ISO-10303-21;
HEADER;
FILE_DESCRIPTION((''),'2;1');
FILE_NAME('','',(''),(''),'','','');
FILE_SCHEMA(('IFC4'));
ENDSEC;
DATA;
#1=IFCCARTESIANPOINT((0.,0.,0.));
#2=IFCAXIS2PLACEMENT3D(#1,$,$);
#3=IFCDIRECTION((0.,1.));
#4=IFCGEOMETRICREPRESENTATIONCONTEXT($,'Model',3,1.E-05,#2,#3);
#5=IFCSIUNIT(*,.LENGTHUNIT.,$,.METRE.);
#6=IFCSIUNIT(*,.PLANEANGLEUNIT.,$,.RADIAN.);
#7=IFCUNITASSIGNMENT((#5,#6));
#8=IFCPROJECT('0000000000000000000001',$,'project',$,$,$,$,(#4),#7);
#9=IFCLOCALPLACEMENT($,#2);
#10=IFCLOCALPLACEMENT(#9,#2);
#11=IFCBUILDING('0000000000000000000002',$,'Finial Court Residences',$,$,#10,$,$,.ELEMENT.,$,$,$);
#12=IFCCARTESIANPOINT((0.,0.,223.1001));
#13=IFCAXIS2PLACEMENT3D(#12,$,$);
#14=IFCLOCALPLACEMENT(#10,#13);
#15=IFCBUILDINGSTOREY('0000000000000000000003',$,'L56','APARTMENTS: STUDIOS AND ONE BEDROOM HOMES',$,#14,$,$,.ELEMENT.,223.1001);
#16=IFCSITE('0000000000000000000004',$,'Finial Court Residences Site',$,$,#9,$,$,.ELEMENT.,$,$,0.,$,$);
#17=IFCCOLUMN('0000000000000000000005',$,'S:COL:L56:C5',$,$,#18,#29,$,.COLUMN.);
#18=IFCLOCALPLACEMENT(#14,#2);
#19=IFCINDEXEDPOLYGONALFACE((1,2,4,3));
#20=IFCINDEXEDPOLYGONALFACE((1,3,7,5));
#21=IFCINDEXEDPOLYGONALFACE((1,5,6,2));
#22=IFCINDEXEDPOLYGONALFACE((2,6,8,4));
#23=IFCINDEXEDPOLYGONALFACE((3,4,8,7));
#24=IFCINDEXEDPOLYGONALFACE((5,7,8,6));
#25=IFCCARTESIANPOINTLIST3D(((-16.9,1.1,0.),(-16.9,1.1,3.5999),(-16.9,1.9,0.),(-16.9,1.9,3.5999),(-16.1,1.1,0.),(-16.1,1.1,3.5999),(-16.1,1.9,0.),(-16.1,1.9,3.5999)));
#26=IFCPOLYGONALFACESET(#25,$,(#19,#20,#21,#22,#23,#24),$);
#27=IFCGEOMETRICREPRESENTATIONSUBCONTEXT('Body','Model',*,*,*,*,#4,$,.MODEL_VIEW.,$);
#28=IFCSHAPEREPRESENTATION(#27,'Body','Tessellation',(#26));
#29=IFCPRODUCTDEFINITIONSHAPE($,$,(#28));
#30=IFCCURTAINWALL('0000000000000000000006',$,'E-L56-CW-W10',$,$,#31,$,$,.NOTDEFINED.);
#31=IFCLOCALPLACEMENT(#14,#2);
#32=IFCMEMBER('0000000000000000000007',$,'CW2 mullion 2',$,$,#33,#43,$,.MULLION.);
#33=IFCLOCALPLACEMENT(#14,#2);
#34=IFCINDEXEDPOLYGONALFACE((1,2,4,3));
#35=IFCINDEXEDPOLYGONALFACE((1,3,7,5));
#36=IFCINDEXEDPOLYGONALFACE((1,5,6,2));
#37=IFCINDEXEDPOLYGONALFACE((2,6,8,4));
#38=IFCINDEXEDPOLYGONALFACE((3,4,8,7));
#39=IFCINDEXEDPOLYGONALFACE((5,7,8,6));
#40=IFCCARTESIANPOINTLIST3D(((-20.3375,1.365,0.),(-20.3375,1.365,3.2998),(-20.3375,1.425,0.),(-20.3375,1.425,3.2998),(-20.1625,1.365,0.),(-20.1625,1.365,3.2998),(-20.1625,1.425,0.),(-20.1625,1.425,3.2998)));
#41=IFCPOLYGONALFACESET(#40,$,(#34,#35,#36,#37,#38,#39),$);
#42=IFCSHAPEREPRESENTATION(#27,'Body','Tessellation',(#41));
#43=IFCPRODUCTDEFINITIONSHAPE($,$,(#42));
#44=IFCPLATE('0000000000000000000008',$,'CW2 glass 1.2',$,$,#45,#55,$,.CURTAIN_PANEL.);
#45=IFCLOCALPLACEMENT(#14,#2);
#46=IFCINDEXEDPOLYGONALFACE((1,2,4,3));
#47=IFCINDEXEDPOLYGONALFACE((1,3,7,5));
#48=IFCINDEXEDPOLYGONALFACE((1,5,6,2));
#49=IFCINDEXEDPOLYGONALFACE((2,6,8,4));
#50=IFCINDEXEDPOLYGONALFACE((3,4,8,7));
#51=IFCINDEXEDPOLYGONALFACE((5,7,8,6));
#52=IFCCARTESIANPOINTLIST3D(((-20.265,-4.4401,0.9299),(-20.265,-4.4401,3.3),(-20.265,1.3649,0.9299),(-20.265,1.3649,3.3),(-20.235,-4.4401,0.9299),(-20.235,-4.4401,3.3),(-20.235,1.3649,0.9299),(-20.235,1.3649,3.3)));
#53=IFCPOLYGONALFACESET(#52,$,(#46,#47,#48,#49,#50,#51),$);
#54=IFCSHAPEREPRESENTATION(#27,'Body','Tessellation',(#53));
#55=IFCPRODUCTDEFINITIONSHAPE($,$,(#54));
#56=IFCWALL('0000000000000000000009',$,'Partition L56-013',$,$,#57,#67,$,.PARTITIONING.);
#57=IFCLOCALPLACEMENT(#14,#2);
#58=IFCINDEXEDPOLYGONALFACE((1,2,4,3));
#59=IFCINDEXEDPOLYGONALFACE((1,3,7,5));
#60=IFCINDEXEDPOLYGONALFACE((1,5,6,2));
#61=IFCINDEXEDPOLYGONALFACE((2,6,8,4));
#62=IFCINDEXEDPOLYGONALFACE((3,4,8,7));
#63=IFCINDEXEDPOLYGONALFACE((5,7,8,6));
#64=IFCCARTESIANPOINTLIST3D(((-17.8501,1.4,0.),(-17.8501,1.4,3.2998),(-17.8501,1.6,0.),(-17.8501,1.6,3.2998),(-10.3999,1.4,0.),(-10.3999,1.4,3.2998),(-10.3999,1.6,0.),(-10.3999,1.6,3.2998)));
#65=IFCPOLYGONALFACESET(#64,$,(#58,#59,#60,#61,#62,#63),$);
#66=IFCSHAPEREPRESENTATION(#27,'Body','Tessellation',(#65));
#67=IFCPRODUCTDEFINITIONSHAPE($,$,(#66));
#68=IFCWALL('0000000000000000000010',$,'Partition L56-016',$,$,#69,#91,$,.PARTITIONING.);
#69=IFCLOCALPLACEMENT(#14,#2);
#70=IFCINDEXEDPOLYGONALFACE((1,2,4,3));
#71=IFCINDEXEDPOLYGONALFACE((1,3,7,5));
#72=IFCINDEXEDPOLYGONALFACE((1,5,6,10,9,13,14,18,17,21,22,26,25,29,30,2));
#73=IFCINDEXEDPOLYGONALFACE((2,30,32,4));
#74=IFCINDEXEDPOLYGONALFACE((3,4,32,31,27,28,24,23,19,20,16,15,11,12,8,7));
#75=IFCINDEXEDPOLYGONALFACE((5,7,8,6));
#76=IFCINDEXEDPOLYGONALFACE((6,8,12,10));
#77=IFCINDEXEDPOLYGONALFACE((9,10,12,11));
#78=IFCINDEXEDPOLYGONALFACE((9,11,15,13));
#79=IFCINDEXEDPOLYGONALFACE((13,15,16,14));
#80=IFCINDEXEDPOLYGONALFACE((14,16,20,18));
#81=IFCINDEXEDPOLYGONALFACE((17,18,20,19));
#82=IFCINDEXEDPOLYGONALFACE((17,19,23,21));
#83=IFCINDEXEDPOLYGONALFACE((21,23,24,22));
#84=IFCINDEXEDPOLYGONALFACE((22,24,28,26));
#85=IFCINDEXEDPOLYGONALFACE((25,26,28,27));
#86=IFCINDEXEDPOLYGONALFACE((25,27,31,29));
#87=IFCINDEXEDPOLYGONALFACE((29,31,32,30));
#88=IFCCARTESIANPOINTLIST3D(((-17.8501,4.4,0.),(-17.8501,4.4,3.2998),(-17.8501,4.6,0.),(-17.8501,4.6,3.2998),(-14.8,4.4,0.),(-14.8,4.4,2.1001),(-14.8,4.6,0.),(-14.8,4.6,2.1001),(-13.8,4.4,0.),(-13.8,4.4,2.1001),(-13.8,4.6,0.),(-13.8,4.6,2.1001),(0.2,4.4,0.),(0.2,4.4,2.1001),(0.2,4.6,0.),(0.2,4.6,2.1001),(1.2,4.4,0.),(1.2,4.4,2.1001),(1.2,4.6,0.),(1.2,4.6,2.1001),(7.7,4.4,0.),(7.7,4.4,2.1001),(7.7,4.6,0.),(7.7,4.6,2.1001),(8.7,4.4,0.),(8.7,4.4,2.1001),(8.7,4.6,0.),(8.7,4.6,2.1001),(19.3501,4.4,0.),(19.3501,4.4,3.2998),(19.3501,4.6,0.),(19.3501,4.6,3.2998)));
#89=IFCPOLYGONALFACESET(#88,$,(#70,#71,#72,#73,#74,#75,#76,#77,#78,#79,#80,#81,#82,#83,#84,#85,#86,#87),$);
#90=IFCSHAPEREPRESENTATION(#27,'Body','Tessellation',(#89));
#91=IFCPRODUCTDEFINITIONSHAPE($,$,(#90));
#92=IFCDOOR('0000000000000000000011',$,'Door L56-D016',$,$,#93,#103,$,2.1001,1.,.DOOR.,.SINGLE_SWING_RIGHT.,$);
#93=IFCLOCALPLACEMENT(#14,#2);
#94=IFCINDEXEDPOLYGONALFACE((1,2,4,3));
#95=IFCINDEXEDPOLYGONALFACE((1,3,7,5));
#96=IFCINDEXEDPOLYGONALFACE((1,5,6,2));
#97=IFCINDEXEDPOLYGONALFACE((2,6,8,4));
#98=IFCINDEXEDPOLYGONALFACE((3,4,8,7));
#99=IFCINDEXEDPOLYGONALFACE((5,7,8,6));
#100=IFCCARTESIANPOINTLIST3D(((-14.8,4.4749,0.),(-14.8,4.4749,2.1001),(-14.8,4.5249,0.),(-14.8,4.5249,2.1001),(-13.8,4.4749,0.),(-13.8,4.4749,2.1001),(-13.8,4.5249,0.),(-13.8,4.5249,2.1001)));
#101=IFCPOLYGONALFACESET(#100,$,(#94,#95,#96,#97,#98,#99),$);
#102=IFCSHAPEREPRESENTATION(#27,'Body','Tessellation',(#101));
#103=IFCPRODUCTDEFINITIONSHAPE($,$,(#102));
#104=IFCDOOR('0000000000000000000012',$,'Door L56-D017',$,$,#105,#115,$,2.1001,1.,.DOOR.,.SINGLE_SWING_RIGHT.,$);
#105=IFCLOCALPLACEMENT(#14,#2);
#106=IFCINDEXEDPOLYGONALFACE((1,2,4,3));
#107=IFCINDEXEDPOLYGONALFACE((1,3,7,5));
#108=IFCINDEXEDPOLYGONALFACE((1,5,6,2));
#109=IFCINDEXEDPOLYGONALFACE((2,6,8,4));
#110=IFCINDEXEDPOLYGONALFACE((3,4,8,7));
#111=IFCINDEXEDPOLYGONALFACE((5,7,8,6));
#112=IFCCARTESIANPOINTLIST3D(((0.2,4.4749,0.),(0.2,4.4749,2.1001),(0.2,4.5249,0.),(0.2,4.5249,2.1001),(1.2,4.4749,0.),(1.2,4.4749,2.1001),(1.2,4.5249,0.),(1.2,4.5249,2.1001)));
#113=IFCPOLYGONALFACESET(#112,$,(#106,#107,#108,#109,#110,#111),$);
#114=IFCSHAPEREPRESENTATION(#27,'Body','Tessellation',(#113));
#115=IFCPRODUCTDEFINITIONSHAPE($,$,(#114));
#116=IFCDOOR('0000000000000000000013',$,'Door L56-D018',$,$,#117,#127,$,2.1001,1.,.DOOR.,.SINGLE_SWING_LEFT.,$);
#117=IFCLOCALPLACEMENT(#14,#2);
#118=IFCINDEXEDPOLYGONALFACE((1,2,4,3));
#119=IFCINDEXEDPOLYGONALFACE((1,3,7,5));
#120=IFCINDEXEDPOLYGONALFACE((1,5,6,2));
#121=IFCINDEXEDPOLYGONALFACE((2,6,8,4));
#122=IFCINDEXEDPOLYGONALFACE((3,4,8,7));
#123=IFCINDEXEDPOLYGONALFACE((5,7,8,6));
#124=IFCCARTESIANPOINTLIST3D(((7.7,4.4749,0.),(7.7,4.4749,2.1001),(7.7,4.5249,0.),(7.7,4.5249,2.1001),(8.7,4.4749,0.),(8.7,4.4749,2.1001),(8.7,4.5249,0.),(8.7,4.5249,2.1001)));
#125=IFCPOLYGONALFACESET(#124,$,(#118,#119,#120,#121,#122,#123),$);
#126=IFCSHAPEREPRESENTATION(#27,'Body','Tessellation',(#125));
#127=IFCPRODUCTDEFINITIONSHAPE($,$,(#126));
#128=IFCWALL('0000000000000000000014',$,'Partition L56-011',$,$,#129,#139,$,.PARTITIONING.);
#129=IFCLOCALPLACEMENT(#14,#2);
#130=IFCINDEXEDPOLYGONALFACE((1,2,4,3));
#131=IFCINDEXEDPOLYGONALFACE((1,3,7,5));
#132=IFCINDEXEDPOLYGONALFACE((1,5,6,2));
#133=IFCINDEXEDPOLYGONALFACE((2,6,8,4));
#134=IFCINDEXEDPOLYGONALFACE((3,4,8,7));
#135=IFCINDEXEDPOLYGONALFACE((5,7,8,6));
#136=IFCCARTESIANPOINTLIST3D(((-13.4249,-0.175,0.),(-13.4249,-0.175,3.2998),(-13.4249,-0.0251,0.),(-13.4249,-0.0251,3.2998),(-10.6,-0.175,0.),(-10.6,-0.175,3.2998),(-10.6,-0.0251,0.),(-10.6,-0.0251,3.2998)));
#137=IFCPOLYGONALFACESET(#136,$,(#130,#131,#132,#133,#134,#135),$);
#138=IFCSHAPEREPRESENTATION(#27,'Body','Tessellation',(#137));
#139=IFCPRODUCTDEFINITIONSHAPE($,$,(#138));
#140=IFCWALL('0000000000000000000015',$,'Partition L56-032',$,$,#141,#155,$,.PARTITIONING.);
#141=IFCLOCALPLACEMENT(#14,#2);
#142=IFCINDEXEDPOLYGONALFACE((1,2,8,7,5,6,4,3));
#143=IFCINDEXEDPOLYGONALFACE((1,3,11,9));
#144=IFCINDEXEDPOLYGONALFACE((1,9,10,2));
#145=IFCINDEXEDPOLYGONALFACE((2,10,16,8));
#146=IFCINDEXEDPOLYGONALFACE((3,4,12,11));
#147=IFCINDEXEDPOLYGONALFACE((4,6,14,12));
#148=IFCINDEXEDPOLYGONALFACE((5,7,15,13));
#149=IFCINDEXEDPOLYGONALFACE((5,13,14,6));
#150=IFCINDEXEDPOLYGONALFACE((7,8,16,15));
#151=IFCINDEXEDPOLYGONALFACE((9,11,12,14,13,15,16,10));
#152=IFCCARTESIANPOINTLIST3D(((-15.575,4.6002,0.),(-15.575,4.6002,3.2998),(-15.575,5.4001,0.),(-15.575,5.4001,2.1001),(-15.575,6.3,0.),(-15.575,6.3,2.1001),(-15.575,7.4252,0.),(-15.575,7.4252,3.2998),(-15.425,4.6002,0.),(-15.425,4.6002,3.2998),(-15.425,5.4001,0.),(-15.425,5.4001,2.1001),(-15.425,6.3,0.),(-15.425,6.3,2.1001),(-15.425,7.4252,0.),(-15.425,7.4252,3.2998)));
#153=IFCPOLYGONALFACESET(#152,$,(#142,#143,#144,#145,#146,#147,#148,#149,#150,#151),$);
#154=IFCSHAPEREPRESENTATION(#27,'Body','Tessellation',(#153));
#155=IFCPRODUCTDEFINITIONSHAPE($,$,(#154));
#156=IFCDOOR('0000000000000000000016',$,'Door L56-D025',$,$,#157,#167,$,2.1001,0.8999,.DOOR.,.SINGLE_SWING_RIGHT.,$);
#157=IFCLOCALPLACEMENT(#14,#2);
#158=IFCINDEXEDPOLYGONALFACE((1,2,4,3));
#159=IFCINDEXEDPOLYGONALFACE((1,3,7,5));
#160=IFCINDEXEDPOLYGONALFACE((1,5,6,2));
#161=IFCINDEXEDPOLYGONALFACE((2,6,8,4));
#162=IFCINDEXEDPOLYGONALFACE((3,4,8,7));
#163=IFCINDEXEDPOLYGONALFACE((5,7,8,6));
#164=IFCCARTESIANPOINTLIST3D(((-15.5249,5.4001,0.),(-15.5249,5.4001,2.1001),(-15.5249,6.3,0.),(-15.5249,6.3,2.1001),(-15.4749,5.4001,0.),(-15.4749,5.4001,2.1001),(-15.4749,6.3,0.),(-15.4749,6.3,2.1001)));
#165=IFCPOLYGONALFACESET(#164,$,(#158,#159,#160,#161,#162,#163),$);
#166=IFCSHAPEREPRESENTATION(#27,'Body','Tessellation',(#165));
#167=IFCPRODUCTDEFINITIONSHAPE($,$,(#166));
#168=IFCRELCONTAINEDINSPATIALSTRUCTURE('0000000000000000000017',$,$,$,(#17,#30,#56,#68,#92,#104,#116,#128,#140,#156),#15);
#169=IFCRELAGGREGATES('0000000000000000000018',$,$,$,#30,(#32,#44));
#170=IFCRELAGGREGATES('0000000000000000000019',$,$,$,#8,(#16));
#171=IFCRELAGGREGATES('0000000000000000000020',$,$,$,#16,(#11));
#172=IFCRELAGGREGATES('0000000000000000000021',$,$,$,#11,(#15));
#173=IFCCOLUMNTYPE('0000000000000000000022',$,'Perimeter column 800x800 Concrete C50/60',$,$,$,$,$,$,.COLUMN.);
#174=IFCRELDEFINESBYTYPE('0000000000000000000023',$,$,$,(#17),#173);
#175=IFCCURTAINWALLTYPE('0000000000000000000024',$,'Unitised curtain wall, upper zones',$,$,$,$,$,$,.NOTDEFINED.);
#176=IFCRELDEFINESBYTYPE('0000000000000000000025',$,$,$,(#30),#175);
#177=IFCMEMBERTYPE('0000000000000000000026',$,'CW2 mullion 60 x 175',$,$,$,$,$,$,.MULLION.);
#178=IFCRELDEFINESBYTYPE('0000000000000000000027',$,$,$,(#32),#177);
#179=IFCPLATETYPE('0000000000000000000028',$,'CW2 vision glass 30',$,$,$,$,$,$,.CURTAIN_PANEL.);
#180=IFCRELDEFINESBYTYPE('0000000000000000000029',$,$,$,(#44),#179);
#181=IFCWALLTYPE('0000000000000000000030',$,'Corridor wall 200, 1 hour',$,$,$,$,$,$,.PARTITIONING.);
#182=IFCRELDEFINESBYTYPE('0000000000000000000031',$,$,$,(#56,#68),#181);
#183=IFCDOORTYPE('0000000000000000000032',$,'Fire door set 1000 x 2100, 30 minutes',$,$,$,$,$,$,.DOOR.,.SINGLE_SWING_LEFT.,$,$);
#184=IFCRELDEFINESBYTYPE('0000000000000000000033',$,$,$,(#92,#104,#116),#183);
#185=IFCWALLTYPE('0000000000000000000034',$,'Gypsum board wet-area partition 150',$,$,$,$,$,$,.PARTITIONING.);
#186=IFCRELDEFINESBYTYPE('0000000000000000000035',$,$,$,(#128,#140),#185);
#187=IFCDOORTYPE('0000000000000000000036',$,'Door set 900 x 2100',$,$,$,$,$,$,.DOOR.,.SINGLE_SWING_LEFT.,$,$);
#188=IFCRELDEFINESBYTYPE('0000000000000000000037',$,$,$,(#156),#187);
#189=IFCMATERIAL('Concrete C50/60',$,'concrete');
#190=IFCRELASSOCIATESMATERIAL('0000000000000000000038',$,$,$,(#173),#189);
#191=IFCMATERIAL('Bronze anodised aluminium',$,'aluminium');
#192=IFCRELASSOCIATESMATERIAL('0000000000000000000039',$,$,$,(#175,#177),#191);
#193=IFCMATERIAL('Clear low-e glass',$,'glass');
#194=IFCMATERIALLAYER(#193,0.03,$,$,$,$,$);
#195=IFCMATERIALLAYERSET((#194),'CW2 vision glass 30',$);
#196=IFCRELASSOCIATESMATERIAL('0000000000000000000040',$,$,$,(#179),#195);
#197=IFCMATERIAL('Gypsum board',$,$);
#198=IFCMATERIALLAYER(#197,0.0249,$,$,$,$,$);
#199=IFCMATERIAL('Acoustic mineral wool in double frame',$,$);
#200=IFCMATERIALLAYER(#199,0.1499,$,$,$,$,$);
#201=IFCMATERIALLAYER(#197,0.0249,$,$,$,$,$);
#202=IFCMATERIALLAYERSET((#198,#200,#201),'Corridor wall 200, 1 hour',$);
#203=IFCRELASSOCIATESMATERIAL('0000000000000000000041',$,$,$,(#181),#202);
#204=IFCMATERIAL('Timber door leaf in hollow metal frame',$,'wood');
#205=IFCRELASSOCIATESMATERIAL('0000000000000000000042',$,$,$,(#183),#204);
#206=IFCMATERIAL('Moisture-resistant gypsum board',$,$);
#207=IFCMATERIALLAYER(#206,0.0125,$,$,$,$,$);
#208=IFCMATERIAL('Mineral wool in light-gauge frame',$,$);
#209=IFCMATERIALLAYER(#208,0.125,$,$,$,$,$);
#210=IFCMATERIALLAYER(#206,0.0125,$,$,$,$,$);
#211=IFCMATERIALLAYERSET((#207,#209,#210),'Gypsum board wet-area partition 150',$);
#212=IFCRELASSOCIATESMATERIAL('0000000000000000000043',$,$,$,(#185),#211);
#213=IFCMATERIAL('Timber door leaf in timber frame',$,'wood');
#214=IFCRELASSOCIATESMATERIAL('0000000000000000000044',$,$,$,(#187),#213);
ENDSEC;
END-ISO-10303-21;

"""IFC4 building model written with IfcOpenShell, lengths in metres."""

from ifc_helpers import new_model, si_unit, direction, frame, frame_2d, origin, origin_2d, place, context, subcontext, project, spatial, rectangle, extrude, material, layer, layer_set, material_profile, profile_set, type_object, element, fill, aggregate, save


model = new_model("IFC4")

# Units and contexts
model_context = context("Model", 3, precision=1e-05, world=origin(), true_north=direction((0.0, 1.0)))
body_context = subcontext(model_context, "Body", "Model", "MODEL_VIEW")
ifc_project = project(units=[si_unit("LENGTHUNIT", "METRE"), si_unit("PLANEANGLEUNIT", "RADIAN")], contexts=[model_context])

# Site, building, storey
site_placement = place(None, origin())
site = spatial("IfcSite", under=ifc_project, at=site_placement, Name="Finial Court Residences Site", CompositionType="ELEMENT", RefElevation=0.0)
building_placement = place(site_placement, origin())
building = spatial("IfcBuilding", under=site, at=building_placement, Name="Finial Court Residences", CompositionType="ELEMENT")
storey_placement = place(building_placement, frame((0.0, 0.0, 223.1001)))
storey = spatial("IfcBuildingStorey", under=building, at=storey_placement, Name="L56", Description="APARTMENTS: STUDIOS AND ONE BEDROOM HOMES", CompositionType="ELEMENT", Elevation=223.1001)

# Column
ifc_material_1 = material(Name="Concrete C50/60", Category="concrete")
ifc_material_profile_1 = material_profile(ifc_material_1, rectangle(XDim=0.8, YDim=0.8, at=origin_2d()), Name="800x800")
ifc_profile_set_1 = profile_set([ifc_material_profile_1], Name="Concrete C50/60")
column_type = type_object("IfcColumnType", Name="Perimeter column 800x800 Concrete C50/60", PredefinedType="COLUMN", material=ifc_profile_set_1)
column_placement = place(storey_placement, frame((-16.5, 1.5, 0.0), z_axis=(0.0, 0.0, 1.0), x_axis=(1.0, 0.0, 0.0)))
element("IfcColumn", 1, at=column_placement, inside=storey, type_object=column_type, Name="S:COL:L56:C5", PredefinedType="COLUMN", context=body_context, shape_type="SweptSolid", body=[
    extrude(rectangle(XDim=0.8, YDim=0.8, at=origin_2d()), origin(), (0.0, 0.0, 1.0), 3.5999),
])

# Curtain wall, member, plate
ifc_material_2 = material(Name="Bronze anodised aluminium", Category="aluminium")
curtain_wall_type = type_object("IfcCurtainWallType", Name="Unitised curtain wall, upper zones", PredefinedType="NOTDEFINED", material=ifc_material_2)
curtain_wall_placement = place(storey_placement, origin())
curtain_wall = element("IfcCurtainWall", 2, at=curtain_wall_placement, inside=storey, type_object=curtain_wall_type, Name="E-L56-CW-W10", PredefinedType="NOTDEFINED")
ifc_material_profile_2 = material_profile(ifc_material_2, rectangle(XDim=0.175, YDim=0.0601, at=origin_2d()), Name="CW2 mullion 60 x 175")
ifc_profile_set_2 = profile_set([ifc_material_profile_2], Name="Bronze anodised aluminium")
member_type = type_object("IfcMemberType", Name="CW2 mullion 60 x 175", PredefinedType="MULLION", material=ifc_profile_set_2)
member_placement = place(storey_placement, frame((-20.25, 1.395, 0.0), z_axis=(0.0, 0.0, 1.0), x_axis=(-1.0, 0.0, 0.0)))
member = element("IfcMember", 3, at=member_placement, type_object=member_type, Name="CW2 mullion 2", PredefinedType="MULLION", context=body_context, shape_type="SweptSolid", body=[
    extrude(rectangle(XDim=0.175, YDim=0.0601, at=origin_2d()), origin(), (0.0, 0.0, 1.0), 3.2998),
])
ifc_material_3 = material(Name="Clear low-e glass", Category="glass")
ifc_layer_1 = layer(ifc_material_3, 0.03)
ifc_layer_set_1 = layer_set([ifc_layer_1], Name="CW2 vision glass 30")
plate_type = type_object("IfcPlateType", Name="CW2 vision glass 30", PredefinedType="CURTAIN_PANEL", material=ifc_layer_set_1)
plate_placement = place(storey_placement, frame((-20.25, -1.5376, 0.9299), z_axis=(0.0, 0.0, 1.0), x_axis=(0.0, 1.0, 0.0)))
plate = element("IfcPlate", 4, at=plate_placement, type_object=plate_type, Name="CW2 glass 1.2", PredefinedType="CURTAIN_PANEL", context=body_context, shape_type="SweptSolid", body=[
    extrude(rectangle(XDim=5.8049, YDim=0.03, at=origin_2d()), origin(), (0.0, 0.0, 1.0), 2.3701),
])
aggregate(curtain_wall, [member, plate])

# Wall
ifc_material_4 = material(Name="Gypsum board")
ifc_layer_2 = layer(ifc_material_4, 0.0249)
ifc_material_5 = material(Name="Acoustic mineral wool in double frame")
ifc_layer_3 = layer(ifc_material_5, 0.1499)
ifc_layer_4 = layer(ifc_material_4, 0.0249)
ifc_layer_set_2 = layer_set([ifc_layer_2, ifc_layer_3, ifc_layer_4], Name="Corridor wall 200, 1 hour")
wall_type_1 = type_object("IfcWallType", Name="Corridor wall 200, 1 hour", PredefinedType="PARTITIONING", material=ifc_layer_set_2)
wall_1_placement = place(storey_placement, frame((-17.8501, 1.5, 0.0), z_axis=(0.0, 0.0, 1.0), x_axis=(1.0, 0.0, 0.0)))
element("IfcWall", 5, at=wall_1_placement, inside=storey, type_object=wall_type_1, Name="Partition L56-013", PredefinedType="PARTITIONING", context=body_context, shape_type="SweptSolid", body=[
    extrude(rectangle(XDim=7.4502, YDim=0.2, at=frame_2d((3.7251, 0.0))), origin(), (0.0, 0.0, 1.0), 3.2998),
])

# Wall, openings, doors
wall_2_placement = place(storey_placement, frame((-17.8501, 4.5, 0.0), z_axis=(0.0, 0.0, 1.0), x_axis=(1.0, 0.0, 0.0)))
wall_2 = element("IfcWall", 6, at=wall_2_placement, inside=storey, type_object=wall_type_1, Name="Partition L56-016", PredefinedType="PARTITIONING", context=body_context, shape_type="SweptSolid", body=[
    extrude(rectangle(XDim=37.2002, YDim=0.2, at=frame_2d((18.6001, 0.0))), origin(), (0.0, 0.0, 1.0), 3.2998),
])
opening_1_placement = place(wall_2_placement, frame((3.05, 0.0, 0.0)))
opening_1 = element("IfcOpeningElement", 7, at=opening_1_placement, cuts=wall_2, PredefinedType="OPENING", context=body_context, shape_type="SweptSolid", body=[
    extrude(rectangle(XDim=1.0, YDim=2.1001, at=frame_2d((0.5, 1.05))), frame((0.0, 0.1099, 0.0), z_axis=(0.0, -1.0, 0.0), x_axis=(1.0, 0.0, 0.0)), (0.0, 0.0, 1.0), 0.22),
])
opening_2_placement = place(wall_2_placement, frame((18.05, 0.0, 0.0)))
opening_2 = element("IfcOpeningElement", 8, at=opening_2_placement, cuts=wall_2, PredefinedType="OPENING", context=body_context, shape_type="SweptSolid", body=[
    extrude(rectangle(XDim=1.0, YDim=2.1001, at=frame_2d((0.5, 1.05))), frame((0.0, 0.1099, 0.0), z_axis=(0.0, -1.0, 0.0), x_axis=(1.0, 0.0, 0.0)), (0.0, 0.0, 1.0), 0.22),
])
opening_3_placement = place(wall_2_placement, frame((25.55, 0.0, 0.0)))
opening_3 = element("IfcOpeningElement", 9, at=opening_3_placement, cuts=wall_2, PredefinedType="OPENING", context=body_context, shape_type="SweptSolid", body=[
    extrude(rectangle(XDim=1.0, YDim=2.1001, at=frame_2d((0.5, 1.05))), frame((0.0, 0.1099, 0.0), z_axis=(0.0, -1.0, 0.0), x_axis=(1.0, 0.0, 0.0)), (0.0, 0.0, 1.0), 0.22),
])
ifc_material_6 = material(Name="Timber door leaf in hollow metal frame", Category="wood")
door_type_1 = type_object("IfcDoorType", Name="Fire door set 1000 x 2100, 30 minutes", OperationType="SINGLE_SWING_LEFT", PredefinedType="DOOR", material=ifc_material_6)
door_1_placement = place(opening_1_placement, origin())
door_1 = element("IfcDoor", 10, at=door_1_placement, inside=storey, type_object=door_type_1, Name="Door L56-D016", OperationType="SINGLE_SWING_RIGHT", OverallHeight=2.1001, OverallWidth=1.0, PredefinedType="DOOR", context=body_context, shape_type="SweptSolid", body=[
    extrude(rectangle(XDim=1.0, YDim=2.1001, at=frame_2d((0.5, 1.05))), frame((0.0, 0.0249, 0.0), z_axis=(0.0, -1.0, 0.0), x_axis=(1.0, 0.0, 0.0)), (0.0, 0.0, 1.0), 0.05),
])
fill(opening_1, door_1)
door_2_placement = place(opening_2_placement, origin())
door_2 = element("IfcDoor", 11, at=door_2_placement, inside=storey, type_object=door_type_1, Name="Door L56-D017", OperationType="SINGLE_SWING_RIGHT", OverallHeight=2.1001, OverallWidth=1.0, PredefinedType="DOOR", context=body_context, shape_type="SweptSolid", body=[
    extrude(rectangle(XDim=1.0, YDim=2.1001, at=frame_2d((0.5, 1.05))), frame((0.0, 0.0249, 0.0), z_axis=(0.0, -1.0, 0.0), x_axis=(1.0, 0.0, 0.0)), (0.0, 0.0, 1.0), 0.05),
])
fill(opening_2, door_2)
door_3_placement = place(opening_3_placement, origin())
door_3 = element("IfcDoor", 12, at=door_3_placement, inside=storey, type_object=door_type_1, Name="Door L56-D018", OperationType="SINGLE_SWING_LEFT", OverallHeight=2.1001, OverallWidth=1.0, PredefinedType="DOOR", context=body_context, shape_type="SweptSolid", body=[
    extrude(rectangle(XDim=1.0, YDim=2.1001, at=frame_2d((0.5, 1.05))), frame((0.0, 0.0249, 0.0), z_axis=(0.0, -1.0, 0.0), x_axis=(1.0, 0.0, 0.0)), (0.0, 0.0, 1.0), 0.05),
])
fill(opening_3, door_3)

# Wall
ifc_material_7 = material(Name="Moisture-resistant gypsum board")
ifc_layer_5 = layer(ifc_material_7, 0.0125)
ifc_material_8 = material(Name="Mineral wool in light-gauge frame")
ifc_layer_6 = layer(ifc_material_8, 0.125)
ifc_layer_7 = layer(ifc_material_7, 0.0125)
ifc_layer_set_3 = layer_set([ifc_layer_5, ifc_layer_6, ifc_layer_7], Name="Gypsum board wet-area partition 150")
wall_type_2 = type_object("IfcWallType", Name="Gypsum board wet-area partition 150", PredefinedType="PARTITIONING", material=ifc_layer_set_3)
wall_3_placement = place(storey_placement, frame((-13.425, -0.1001, 0.0), z_axis=(0.0, 0.0, 1.0), x_axis=(1.0, 0.0, 0.0)))
element("IfcWall", 13, at=wall_3_placement, inside=storey, type_object=wall_type_2, Name="Partition L56-011", PredefinedType="PARTITIONING", context=body_context, shape_type="SweptSolid", body=[
    extrude(rectangle(XDim=2.825, YDim=0.1499, at=frame_2d((1.4126, 0.0))), origin(), (0.0, 0.0, 1.0), 3.2998),
])

# Wall, opening, door
wall_4_placement = place(storey_placement, frame((-15.5, 4.6001, 0.0), z_axis=(0.0, 0.0, 1.0), x_axis=(0.0, 1.0, 0.0)))
wall_4 = element("IfcWall", 14, at=wall_4_placement, inside=storey, type_object=wall_type_2, Name="Partition L56-032", PredefinedType="PARTITIONING", context=body_context, shape_type="SweptSolid", body=[
    extrude(rectangle(XDim=2.825, YDim=0.1499, at=frame_2d((1.4126, 0.0))), origin(), (0.0, 0.0, 1.0), 3.2998),
])
opening_4_placement = place(wall_4_placement, frame((0.8, 0.0, 0.0)))
opening_4 = element("IfcOpeningElement", 15, at=opening_4_placement, cuts=wall_4, PredefinedType="OPENING", context=body_context, shape_type="SweptSolid", body=[
    extrude(rectangle(XDim=0.8999, YDim=2.1001, at=frame_2d((0.45, 1.05))), frame((0.0, 0.085, 0.0), z_axis=(0.0, -1.0, 0.0), x_axis=(1.0, 0.0, 0.0)), (0.0, 0.0, 1.0), 0.1699),
])
ifc_material_9 = material(Name="Timber door leaf in timber frame", Category="wood")
door_type_2 = type_object("IfcDoorType", Name="Door set 900 x 2100", OperationType="SINGLE_SWING_LEFT", PredefinedType="DOOR", material=ifc_material_9)
door_4_placement = place(opening_4_placement, origin())
door_4 = element("IfcDoor", 16, at=door_4_placement, inside=storey, type_object=door_type_2, Name="Door L56-D025", OperationType="SINGLE_SWING_RIGHT", OverallHeight=2.1001, OverallWidth=0.8999, PredefinedType="DOOR", context=body_context, shape_type="SweptSolid", body=[
    extrude(rectangle(XDim=0.8999, YDim=2.1001, at=frame_2d((0.45, 1.05))), frame((0.0, 0.0249, 0.0), z_axis=(0.0, -1.0, 0.0), x_axis=(1.0, 0.0, 0.0)), (0.0, 0.0, 1.0), 0.05),
])
fill(opening_4, door_4)

save(model, "model.ifc")
